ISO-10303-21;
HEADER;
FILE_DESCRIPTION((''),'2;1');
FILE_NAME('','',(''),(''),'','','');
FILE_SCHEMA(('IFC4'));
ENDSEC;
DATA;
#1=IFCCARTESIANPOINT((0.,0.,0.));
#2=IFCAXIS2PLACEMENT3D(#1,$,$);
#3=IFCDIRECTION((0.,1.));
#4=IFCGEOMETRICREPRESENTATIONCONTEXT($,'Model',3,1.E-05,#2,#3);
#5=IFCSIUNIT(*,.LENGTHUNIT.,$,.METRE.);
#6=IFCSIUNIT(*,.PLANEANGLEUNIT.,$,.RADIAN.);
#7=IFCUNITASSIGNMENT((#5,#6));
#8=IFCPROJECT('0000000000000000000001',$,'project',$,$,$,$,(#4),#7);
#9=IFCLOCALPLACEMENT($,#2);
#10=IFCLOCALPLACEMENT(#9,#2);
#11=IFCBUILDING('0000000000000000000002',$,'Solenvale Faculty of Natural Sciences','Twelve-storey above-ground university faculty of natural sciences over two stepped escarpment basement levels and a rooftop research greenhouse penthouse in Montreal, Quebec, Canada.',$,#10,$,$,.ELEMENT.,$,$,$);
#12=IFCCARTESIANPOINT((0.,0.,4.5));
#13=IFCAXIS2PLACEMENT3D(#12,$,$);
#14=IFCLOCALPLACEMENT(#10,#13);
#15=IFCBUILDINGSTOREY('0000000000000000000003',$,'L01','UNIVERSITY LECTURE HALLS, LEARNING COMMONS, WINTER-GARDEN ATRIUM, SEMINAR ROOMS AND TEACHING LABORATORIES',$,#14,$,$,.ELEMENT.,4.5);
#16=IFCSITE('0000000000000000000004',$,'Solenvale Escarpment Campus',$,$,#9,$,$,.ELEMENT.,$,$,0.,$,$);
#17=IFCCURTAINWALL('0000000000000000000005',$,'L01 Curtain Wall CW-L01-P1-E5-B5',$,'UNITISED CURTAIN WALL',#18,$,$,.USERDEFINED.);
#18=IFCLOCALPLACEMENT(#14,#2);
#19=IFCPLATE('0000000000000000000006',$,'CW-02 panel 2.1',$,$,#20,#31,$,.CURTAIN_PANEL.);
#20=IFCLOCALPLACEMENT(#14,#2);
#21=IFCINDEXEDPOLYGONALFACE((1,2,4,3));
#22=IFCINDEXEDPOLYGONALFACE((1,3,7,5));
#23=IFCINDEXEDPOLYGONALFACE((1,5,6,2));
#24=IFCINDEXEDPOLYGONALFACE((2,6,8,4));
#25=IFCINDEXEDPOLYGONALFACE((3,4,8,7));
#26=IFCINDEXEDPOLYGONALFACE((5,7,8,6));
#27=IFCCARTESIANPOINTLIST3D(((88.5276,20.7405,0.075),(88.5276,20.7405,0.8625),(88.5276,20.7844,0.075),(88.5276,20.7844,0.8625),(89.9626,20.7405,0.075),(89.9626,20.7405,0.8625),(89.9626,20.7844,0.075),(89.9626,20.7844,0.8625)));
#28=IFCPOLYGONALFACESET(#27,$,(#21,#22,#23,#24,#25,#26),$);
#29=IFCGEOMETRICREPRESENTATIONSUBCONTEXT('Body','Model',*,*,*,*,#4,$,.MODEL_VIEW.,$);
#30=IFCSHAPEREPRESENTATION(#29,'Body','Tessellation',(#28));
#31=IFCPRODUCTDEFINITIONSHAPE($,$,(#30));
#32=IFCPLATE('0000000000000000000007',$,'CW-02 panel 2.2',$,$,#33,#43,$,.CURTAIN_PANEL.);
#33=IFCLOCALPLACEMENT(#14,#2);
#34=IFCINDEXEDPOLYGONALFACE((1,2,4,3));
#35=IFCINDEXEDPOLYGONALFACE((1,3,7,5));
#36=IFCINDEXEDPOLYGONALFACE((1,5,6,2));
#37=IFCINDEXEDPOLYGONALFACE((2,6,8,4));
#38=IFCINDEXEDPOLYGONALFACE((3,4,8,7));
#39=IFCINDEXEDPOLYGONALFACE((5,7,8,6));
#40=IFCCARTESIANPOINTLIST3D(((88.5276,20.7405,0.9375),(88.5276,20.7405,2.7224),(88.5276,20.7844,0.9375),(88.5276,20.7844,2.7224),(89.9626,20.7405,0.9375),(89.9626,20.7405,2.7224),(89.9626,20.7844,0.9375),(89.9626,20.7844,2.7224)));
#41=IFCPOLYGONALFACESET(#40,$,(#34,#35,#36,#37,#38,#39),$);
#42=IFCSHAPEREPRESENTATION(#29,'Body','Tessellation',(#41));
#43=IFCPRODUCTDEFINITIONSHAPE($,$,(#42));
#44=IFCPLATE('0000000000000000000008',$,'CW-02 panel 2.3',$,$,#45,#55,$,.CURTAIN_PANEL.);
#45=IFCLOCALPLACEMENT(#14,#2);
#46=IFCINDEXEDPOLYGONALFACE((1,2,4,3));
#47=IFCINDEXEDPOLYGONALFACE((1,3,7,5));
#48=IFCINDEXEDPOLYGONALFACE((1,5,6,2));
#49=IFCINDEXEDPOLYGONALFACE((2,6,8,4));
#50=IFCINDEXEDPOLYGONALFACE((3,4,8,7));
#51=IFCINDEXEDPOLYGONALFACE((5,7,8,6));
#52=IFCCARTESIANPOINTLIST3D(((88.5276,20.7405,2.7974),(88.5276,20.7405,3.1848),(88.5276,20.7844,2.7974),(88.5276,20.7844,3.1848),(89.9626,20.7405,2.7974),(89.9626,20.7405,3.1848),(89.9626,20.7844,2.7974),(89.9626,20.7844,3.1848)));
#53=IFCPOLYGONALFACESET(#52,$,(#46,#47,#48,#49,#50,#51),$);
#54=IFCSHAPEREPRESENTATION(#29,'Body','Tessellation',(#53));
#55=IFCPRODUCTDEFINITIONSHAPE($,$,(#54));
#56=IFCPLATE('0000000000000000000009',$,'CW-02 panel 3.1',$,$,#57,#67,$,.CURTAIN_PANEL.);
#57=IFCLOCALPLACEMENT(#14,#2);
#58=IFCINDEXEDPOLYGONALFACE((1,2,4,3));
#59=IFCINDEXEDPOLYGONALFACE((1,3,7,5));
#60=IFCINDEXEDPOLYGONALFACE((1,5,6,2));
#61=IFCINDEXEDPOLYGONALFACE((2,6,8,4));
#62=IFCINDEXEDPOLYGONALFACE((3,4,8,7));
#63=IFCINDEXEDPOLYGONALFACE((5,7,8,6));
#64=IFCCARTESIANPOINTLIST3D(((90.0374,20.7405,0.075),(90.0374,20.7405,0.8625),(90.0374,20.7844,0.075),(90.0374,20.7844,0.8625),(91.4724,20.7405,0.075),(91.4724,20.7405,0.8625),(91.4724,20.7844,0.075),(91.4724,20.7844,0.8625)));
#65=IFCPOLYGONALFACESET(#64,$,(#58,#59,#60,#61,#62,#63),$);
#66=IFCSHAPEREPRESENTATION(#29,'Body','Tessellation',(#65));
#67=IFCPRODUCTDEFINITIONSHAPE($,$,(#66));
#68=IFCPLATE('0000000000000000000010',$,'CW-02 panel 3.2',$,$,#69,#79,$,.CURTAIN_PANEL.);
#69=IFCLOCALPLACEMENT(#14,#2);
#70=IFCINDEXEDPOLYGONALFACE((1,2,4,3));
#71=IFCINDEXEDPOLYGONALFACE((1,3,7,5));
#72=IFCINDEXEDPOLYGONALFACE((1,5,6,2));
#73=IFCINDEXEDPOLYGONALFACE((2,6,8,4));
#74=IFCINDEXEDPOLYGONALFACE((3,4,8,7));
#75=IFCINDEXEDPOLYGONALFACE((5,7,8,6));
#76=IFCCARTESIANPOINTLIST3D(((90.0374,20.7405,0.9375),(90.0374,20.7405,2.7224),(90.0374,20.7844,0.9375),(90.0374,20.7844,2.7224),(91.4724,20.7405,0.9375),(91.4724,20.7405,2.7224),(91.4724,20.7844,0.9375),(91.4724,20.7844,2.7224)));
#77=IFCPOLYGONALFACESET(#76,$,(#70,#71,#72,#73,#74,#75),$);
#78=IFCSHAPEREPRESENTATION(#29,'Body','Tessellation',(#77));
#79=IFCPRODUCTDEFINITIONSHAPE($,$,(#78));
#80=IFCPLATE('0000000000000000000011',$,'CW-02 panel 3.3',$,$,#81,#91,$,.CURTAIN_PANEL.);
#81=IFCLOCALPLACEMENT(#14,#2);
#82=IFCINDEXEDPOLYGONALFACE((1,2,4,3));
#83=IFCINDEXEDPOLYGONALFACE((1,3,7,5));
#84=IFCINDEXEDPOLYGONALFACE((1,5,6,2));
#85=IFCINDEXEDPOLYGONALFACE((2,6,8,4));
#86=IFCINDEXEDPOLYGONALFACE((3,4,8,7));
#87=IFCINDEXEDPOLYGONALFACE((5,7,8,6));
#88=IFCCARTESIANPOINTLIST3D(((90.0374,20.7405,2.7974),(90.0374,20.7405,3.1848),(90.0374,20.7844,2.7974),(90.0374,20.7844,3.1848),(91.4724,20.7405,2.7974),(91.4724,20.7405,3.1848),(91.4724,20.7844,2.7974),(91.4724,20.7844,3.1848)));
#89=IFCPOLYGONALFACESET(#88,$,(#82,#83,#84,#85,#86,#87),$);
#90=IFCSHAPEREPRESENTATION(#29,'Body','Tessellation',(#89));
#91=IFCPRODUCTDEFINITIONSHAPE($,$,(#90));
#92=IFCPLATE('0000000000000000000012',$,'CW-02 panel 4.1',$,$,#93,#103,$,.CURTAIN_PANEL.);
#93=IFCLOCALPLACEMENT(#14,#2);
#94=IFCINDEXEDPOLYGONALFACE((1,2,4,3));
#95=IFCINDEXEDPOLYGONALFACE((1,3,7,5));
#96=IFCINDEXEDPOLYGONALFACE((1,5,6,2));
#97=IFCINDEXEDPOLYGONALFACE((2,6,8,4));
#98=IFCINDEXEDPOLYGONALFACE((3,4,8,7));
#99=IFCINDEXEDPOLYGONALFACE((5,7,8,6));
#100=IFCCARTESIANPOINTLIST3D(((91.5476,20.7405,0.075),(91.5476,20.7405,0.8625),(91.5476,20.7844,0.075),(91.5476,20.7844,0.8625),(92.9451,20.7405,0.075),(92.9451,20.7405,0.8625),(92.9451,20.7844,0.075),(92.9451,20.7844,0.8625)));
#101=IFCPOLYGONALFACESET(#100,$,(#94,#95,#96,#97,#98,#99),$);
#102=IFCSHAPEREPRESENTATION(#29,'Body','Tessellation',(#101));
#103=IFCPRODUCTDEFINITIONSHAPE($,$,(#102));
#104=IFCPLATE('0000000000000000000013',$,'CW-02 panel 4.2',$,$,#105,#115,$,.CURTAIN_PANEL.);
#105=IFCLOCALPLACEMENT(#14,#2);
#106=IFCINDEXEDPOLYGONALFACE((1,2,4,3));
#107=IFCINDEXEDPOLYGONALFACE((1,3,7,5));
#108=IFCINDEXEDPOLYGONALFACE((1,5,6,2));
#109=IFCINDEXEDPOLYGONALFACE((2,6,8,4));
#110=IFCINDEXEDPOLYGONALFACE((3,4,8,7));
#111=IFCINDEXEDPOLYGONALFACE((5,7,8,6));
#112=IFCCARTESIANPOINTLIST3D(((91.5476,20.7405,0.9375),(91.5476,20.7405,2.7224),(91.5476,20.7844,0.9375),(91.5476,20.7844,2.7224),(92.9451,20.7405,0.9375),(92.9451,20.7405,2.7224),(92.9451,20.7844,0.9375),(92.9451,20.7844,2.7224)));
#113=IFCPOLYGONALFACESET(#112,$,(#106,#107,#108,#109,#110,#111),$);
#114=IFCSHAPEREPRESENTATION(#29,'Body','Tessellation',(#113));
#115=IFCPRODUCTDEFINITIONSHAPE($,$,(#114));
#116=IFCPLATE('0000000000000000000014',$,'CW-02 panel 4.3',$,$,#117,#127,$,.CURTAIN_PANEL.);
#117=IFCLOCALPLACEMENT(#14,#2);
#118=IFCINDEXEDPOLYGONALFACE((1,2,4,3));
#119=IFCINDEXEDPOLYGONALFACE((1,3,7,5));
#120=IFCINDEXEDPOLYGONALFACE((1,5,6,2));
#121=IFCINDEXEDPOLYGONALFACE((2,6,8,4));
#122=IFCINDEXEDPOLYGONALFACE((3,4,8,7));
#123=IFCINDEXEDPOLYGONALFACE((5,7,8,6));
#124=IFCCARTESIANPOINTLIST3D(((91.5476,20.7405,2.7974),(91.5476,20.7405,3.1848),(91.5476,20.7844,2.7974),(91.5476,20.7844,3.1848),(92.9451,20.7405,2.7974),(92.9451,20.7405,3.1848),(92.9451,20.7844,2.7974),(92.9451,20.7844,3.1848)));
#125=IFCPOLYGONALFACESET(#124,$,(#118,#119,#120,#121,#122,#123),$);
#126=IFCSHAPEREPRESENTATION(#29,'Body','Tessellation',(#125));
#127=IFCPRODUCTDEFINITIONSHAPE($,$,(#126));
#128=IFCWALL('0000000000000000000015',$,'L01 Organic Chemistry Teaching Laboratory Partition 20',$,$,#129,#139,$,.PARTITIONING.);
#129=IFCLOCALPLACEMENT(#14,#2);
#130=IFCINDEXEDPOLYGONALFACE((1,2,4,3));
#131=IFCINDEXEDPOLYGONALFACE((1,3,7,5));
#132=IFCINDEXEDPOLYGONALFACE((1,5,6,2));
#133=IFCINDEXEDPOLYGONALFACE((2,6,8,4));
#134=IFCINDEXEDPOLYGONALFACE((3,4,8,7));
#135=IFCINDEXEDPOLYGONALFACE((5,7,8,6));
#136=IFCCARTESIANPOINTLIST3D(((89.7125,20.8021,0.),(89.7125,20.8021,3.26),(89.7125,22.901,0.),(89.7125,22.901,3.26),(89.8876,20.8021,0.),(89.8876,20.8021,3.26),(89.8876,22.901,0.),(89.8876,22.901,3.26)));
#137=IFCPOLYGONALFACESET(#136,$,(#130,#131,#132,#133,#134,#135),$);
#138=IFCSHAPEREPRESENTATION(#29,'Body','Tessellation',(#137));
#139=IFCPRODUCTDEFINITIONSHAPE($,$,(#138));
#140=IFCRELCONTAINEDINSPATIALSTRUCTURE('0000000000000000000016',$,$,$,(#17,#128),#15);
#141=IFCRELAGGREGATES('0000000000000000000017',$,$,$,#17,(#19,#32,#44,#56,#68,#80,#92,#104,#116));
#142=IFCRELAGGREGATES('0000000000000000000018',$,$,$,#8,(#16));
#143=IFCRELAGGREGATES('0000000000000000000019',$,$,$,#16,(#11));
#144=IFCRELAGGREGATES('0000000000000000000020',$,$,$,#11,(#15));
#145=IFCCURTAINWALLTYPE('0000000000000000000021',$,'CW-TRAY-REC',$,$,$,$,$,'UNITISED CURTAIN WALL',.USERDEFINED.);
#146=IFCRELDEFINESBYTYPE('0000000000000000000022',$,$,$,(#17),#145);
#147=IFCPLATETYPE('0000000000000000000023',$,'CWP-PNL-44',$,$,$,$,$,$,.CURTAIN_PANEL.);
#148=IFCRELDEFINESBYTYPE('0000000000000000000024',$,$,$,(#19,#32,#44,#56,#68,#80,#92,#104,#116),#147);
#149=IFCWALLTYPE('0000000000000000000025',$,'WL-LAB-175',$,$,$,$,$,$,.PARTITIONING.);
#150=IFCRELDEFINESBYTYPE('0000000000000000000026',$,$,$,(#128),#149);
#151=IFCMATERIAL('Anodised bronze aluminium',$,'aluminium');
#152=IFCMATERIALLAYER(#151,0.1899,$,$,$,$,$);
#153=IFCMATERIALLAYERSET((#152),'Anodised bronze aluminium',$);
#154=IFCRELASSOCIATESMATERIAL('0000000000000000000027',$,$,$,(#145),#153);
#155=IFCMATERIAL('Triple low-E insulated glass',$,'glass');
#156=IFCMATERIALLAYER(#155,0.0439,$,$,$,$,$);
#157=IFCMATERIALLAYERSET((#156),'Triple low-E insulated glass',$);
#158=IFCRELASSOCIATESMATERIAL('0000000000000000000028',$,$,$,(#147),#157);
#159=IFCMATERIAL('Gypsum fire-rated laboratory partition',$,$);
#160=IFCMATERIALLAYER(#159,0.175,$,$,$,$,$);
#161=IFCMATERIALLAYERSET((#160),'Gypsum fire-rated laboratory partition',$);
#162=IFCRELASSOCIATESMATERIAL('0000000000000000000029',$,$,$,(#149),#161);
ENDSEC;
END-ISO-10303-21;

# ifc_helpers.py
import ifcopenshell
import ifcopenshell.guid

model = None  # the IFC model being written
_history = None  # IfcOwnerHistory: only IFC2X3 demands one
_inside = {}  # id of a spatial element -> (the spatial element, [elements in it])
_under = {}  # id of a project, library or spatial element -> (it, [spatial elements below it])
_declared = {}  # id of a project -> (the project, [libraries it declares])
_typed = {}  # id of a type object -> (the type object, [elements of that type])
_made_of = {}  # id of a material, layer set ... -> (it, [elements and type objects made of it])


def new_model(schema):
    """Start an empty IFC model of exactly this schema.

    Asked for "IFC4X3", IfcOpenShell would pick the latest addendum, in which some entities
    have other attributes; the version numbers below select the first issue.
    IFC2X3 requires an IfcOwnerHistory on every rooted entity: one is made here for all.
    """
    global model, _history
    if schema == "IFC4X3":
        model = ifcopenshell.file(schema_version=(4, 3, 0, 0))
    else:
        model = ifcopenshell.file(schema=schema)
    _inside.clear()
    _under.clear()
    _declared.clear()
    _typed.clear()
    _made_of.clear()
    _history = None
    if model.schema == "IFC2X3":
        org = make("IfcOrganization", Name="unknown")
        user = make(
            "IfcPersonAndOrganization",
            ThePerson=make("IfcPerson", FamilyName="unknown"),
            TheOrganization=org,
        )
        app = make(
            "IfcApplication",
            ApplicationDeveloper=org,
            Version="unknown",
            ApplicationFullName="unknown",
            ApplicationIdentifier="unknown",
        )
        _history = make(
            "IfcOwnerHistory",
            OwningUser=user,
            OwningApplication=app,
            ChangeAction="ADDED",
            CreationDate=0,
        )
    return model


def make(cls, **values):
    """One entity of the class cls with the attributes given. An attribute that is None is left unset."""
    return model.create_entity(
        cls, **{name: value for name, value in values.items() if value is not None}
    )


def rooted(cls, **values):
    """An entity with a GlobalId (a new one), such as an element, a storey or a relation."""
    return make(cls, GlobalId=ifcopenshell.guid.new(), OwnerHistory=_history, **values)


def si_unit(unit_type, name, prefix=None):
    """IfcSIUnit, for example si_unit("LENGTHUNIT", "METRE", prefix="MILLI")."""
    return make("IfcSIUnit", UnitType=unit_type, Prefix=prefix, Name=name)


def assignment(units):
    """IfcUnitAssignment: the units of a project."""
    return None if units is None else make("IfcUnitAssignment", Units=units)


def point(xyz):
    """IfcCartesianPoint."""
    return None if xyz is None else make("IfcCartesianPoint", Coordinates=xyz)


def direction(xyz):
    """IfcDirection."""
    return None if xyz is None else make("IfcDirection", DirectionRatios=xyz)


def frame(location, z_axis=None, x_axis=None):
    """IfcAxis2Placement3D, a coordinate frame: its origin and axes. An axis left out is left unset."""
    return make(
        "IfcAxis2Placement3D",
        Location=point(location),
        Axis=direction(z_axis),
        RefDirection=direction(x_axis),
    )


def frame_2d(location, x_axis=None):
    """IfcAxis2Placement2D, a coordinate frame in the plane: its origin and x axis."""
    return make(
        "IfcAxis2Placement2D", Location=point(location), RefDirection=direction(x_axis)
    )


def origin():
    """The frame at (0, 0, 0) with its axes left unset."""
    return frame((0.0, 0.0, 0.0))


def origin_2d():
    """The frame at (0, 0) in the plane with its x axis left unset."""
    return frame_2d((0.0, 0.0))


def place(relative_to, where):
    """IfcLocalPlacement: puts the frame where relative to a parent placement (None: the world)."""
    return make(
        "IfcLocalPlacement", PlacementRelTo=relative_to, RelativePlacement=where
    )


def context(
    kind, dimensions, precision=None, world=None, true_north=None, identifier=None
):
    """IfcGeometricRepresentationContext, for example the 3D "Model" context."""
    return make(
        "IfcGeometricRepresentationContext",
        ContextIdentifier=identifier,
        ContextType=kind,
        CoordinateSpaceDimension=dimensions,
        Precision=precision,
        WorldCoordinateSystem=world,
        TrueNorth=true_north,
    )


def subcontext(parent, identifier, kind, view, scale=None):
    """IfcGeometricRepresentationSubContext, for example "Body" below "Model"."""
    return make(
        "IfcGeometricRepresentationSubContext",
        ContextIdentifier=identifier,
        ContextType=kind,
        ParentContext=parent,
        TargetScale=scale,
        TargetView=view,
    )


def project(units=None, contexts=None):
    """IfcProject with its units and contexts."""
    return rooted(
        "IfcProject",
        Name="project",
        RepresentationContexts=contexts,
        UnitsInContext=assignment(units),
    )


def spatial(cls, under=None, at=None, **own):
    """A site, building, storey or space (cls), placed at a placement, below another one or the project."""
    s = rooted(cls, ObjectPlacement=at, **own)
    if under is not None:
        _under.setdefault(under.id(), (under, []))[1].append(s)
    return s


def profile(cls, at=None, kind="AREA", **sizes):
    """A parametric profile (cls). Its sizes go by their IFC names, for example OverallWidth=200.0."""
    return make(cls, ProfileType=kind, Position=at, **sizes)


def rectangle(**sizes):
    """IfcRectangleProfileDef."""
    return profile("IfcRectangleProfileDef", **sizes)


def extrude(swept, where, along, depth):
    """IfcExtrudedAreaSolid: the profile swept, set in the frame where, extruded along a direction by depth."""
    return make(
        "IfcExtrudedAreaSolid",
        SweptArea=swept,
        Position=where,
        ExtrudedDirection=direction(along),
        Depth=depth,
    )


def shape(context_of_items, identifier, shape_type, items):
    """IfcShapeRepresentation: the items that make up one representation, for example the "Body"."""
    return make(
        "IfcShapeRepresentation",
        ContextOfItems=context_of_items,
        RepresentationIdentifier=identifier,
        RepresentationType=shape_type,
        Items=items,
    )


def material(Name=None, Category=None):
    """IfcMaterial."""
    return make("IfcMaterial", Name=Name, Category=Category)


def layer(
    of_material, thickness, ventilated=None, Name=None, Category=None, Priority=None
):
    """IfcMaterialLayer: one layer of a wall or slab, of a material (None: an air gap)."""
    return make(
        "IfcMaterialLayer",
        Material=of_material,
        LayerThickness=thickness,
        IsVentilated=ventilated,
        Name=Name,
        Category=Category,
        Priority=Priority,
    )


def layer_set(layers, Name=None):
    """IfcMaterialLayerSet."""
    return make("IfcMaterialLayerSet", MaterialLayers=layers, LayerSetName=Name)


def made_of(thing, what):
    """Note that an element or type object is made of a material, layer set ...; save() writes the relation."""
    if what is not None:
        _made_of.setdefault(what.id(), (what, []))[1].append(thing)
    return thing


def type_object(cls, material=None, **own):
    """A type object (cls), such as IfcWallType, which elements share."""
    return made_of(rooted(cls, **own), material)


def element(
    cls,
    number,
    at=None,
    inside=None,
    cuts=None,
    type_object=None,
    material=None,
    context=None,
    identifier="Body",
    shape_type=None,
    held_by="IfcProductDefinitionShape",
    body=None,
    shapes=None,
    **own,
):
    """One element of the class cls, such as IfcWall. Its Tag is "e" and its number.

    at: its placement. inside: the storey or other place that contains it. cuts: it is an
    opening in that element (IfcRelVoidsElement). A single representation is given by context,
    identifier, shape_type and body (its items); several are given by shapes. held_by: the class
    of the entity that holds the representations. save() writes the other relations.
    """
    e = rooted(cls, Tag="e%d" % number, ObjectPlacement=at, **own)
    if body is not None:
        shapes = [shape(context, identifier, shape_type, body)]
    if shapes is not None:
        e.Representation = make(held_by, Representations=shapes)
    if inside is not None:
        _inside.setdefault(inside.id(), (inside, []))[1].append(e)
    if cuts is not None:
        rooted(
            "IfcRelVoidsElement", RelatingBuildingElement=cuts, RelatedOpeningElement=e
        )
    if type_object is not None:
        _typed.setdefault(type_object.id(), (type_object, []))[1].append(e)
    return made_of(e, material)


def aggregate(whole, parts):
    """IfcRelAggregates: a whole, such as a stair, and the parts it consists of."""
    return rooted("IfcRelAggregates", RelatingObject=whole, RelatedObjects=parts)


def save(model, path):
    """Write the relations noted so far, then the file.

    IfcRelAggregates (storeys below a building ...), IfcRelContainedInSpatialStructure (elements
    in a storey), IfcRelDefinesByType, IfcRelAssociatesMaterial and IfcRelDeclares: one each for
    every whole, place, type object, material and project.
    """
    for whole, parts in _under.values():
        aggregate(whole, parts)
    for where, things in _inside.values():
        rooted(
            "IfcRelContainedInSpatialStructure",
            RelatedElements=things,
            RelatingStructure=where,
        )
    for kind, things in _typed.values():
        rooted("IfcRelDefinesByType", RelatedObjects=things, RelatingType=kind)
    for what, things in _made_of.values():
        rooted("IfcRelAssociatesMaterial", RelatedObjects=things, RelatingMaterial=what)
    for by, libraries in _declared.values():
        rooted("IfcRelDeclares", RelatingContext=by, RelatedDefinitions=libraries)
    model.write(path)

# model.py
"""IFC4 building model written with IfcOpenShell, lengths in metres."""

from ifc_helpers import new_model, si_unit, direction, frame, frame_2d, origin, origin_2d, place, context, subcontext, project, spatial, rectangle, extrude, material, layer, layer_set, type_object, element, aggregate, save


model = new_model("IFC4")

# Units and contexts
model_context = context("Model", 3, precision=1e-05, world=origin(), true_north=direction((0.0, 1.0)))
body_context = subcontext(model_context, "Body", "Model", "MODEL_VIEW")
ifc_project = project(units=[si_unit("LENGTHUNIT", "METRE"), si_unit("PLANEANGLEUNIT", "RADIAN")], contexts=[model_context])

# Site, building, storey
site_placement = place(None, origin())
site = spatial("IfcSite", under=ifc_project, at=site_placement, Name="Solenvale Escarpment Campus", CompositionType="ELEMENT", RefElevation=0.0)
building_placement = place(site_placement, origin())
building = spatial("IfcBuilding", under=site, at=building_placement, Name="Solenvale Faculty of Natural Sciences", Description="Twelve-storey above-ground university faculty of natural sciences over two stepped escarpment basement levels and a rooftop research greenhouse penthouse in Montreal, Quebec, Canada.", CompositionType="ELEMENT")
storey_placement = place(building_placement, frame((0.0, 0.0, 4.5)))
storey = spatial("IfcBuildingStorey", under=building, at=storey_placement, Name="L01", Description="UNIVERSITY LECTURE HALLS, LEARNING COMMONS, WINTER-GARDEN ATRIUM, SEMINAR ROOMS AND TEACHING LABORATORIES", CompositionType="ELEMENT", Elevation=4.5)

# Curtain wall, plates
ifc_material_1 = material(Name="Anodised bronze aluminium", Category="aluminium")
ifc_layer_1 = layer(ifc_material_1, 0.1899)
ifc_layer_set_1 = layer_set([ifc_layer_1], Name="Anodised bronze aluminium")
curtain_wall_type = type_object("IfcCurtainWallType", Name="CW-TRAY-REC", ElementType="UNITISED CURTAIN WALL", PredefinedType="USERDEFINED", material=ifc_layer_set_1)
curtain_wall_placement = place(storey_placement, origin())
curtain_wall = element("IfcCurtainWall", 1, at=curtain_wall_placement, inside=storey, type_object=curtain_wall_type, Name="L01 Curtain Wall CW-L01-P1-E5-B5", ObjectType="UNITISED CURTAIN WALL", PredefinedType="USERDEFINED")
ifc_material_2 = material(Name="Triple low-E insulated glass", Category="glass")
ifc_layer_2 = layer(ifc_material_2, 0.0439)
ifc_layer_set_2 = layer_set([ifc_layer_2], Name="Triple low-E insulated glass")
plate_type = type_object("IfcPlateType", Name="CWP-PNL-44", PredefinedType="CURTAIN_PANEL", material=ifc_layer_set_2)
plate_1_placement = place(storey_placement, frame((89.2451, 20.7625, 0.075), z_axis=(0.0, 0.0, 1.0), x_axis=(1.0, 0.0, 0.0)))
plate_1 = element("IfcPlate", 2, at=plate_1_placement, type_object=plate_type, Name="CW-02 panel 2.1", PredefinedType="CURTAIN_PANEL", context=body_context, shape_type="SweptSolid", body=[
    extrude(rectangle(XDim=1.4351, YDim=0.0439, at=origin_2d()), origin(), (0.0, 0.0, 1.0), 0.7876),
])
plate_2_placement = place(storey_placement, frame((89.2451, 20.7625, 0.9375), z_axis=(0.0, 0.0, 1.0), x_axis=(1.0, 0.0, 0.0)))
plate_2 = element("IfcPlate", 3, at=plate_2_placement, type_object=plate_type, Name="CW-02 panel 2.2", PredefinedType="CURTAIN_PANEL", context=body_context, shape_type="SweptSolid", body=[
    extrude(rectangle(XDim=1.4351, YDim=0.0439, at=origin_2d()), origin(), (0.0, 0.0, 1.0), 1.7849),
])
plate_3_placement = place(storey_placement, frame((89.2451, 20.7625, 2.7974), z_axis=(0.0, 0.0, 1.0), x_axis=(1.0, 0.0, 0.0)))
plate_3 = element("IfcPlate", 4, at=plate_3_placement, type_object=plate_type, Name="CW-02 panel 2.3", PredefinedType="CURTAIN_PANEL", context=body_context, shape_type="SweptSolid", body=[
    extrude(rectangle(XDim=1.4351, YDim=0.0439, at=origin_2d()), origin(), (0.0, 0.0, 1.0), 0.3875),
])
plate_4_placement = place(storey_placement, frame((90.7549, 20.7625, 0.075), z_axis=(0.0, 0.0, 1.0), x_axis=(1.0, 0.0, 0.0)))
plate_4 = element("IfcPlate", 5, at=plate_4_placement, type_object=plate_type, Name="CW-02 panel 3.1", PredefinedType="CURTAIN_PANEL", context=body_context, shape_type="SweptSolid", body=[
    extrude(rectangle(XDim=1.4351, YDim=0.0439, at=origin_2d()), origin(), (0.0, 0.0, 1.0), 0.7876),
])
plate_5_placement = place(storey_placement, frame((90.7549, 20.7625, 0.9375), z_axis=(0.0, 0.0, 1.0), x_axis=(1.0, 0.0, 0.0)))
plate_5 = element("IfcPlate", 6, at=plate_5_placement, type_object=plate_type, Name="CW-02 panel 3.2", PredefinedType="CURTAIN_PANEL", context=body_context, shape_type="SweptSolid", body=[
    extrude(rectangle(XDim=1.4351, YDim=0.0439, at=origin_2d()), origin(), (0.0, 0.0, 1.0), 1.7849),
])
plate_6_placement = place(storey_placement, frame((90.7549, 20.7625, 2.7974), z_axis=(0.0, 0.0, 1.0), x_axis=(1.0, 0.0, 0.0)))
plate_6 = element("IfcPlate", 7, at=plate_6_placement, type_object=plate_type, Name="CW-02 panel 3.3", PredefinedType="CURTAIN_PANEL", context=body_context, shape_type="SweptSolid", body=[
    extrude(rectangle(XDim=1.4351, YDim=0.0439, at=origin_2d()), origin(), (0.0, 0.0, 1.0), 0.3875),
])
plate_7_placement = place(storey_placement, frame((92.2463, 20.7625, 0.075), z_axis=(0.0, 0.0, 1.0), x_axis=(1.0, 0.0, 0.0)))
plate_7 = element("IfcPlate", 8, at=plate_7_placement, type_object=plate_type, Name="CW-02 panel 4.1", PredefinedType="CURTAIN_PANEL", context=body_context, shape_type="SweptSolid", body=[
    extrude(rectangle(XDim=1.3975, YDim=0.0439, at=origin_2d()), origin(), (0.0, 0.0, 1.0), 0.7876),
])
plate_8_placement = place(storey_placement, frame((92.2463, 20.7625, 0.9375), z_axis=(0.0, 0.0, 1.0), x_axis=(1.0, 0.0, 0.0)))
plate_8 = element("IfcPlate", 9, at=plate_8_placement, type_object=plate_type, Name="CW-02 panel 4.2", PredefinedType="CURTAIN_PANEL", context=body_context, shape_type="SweptSolid", body=[
    extrude(rectangle(XDim=1.3975, YDim=0.0439, at=origin_2d()), origin(), (0.0, 0.0, 1.0), 1.7849),
])
plate_9_placement = place(storey_placement, frame((92.2463, 20.7625, 2.7974), z_axis=(0.0, 0.0, 1.0), x_axis=(1.0, 0.0, 0.0)))
plate_9 = element("IfcPlate", 10, at=plate_9_placement, type_object=plate_type, Name="CW-02 panel 4.3", PredefinedType="CURTAIN_PANEL", context=body_context, shape_type="SweptSolid", body=[
    extrude(rectangle(XDim=1.3975, YDim=0.0439, at=origin_2d()), origin(), (0.0, 0.0, 1.0), 0.3875),
])
aggregate(curtain_wall, [plate_1, plate_2, plate_3, plate_4, plate_5, plate_6, plate_7, plate_8, plate_9])

# Wall
ifc_material_3 = material(Name="Gypsum fire-rated laboratory partition")
ifc_layer_3 = layer(ifc_material_3, 0.175)
ifc_layer_set_3 = layer_set([ifc_layer_3], Name="Gypsum fire-rated laboratory partition")
wall_type = type_object("IfcWallType", Name="WL-LAB-175", PredefinedType="PARTITIONING", material=ifc_layer_set_3)
wall_placement = place(storey_placement, frame((89.8, 22.9009, 0.0), z_axis=(0.0, 0.0, 1.0), x_axis=(0.0, -1.0, 0.0)))
element("IfcWall", 11, at=wall_placement, inside=storey, type_object=wall_type, Name="L01 Organic Chemistry Teaching Laboratory Partition 20", PredefinedType="PARTITIONING", context=body_context, shape_type="SweptSolid", body=[
    extrude(rectangle(XDim=2.0989, YDim=0.175, at=frame_2d((1.0493, 0.0))), origin(), (0.0, 0.0, 1.0), 3.26),
])

save(model, "model.ifc")
